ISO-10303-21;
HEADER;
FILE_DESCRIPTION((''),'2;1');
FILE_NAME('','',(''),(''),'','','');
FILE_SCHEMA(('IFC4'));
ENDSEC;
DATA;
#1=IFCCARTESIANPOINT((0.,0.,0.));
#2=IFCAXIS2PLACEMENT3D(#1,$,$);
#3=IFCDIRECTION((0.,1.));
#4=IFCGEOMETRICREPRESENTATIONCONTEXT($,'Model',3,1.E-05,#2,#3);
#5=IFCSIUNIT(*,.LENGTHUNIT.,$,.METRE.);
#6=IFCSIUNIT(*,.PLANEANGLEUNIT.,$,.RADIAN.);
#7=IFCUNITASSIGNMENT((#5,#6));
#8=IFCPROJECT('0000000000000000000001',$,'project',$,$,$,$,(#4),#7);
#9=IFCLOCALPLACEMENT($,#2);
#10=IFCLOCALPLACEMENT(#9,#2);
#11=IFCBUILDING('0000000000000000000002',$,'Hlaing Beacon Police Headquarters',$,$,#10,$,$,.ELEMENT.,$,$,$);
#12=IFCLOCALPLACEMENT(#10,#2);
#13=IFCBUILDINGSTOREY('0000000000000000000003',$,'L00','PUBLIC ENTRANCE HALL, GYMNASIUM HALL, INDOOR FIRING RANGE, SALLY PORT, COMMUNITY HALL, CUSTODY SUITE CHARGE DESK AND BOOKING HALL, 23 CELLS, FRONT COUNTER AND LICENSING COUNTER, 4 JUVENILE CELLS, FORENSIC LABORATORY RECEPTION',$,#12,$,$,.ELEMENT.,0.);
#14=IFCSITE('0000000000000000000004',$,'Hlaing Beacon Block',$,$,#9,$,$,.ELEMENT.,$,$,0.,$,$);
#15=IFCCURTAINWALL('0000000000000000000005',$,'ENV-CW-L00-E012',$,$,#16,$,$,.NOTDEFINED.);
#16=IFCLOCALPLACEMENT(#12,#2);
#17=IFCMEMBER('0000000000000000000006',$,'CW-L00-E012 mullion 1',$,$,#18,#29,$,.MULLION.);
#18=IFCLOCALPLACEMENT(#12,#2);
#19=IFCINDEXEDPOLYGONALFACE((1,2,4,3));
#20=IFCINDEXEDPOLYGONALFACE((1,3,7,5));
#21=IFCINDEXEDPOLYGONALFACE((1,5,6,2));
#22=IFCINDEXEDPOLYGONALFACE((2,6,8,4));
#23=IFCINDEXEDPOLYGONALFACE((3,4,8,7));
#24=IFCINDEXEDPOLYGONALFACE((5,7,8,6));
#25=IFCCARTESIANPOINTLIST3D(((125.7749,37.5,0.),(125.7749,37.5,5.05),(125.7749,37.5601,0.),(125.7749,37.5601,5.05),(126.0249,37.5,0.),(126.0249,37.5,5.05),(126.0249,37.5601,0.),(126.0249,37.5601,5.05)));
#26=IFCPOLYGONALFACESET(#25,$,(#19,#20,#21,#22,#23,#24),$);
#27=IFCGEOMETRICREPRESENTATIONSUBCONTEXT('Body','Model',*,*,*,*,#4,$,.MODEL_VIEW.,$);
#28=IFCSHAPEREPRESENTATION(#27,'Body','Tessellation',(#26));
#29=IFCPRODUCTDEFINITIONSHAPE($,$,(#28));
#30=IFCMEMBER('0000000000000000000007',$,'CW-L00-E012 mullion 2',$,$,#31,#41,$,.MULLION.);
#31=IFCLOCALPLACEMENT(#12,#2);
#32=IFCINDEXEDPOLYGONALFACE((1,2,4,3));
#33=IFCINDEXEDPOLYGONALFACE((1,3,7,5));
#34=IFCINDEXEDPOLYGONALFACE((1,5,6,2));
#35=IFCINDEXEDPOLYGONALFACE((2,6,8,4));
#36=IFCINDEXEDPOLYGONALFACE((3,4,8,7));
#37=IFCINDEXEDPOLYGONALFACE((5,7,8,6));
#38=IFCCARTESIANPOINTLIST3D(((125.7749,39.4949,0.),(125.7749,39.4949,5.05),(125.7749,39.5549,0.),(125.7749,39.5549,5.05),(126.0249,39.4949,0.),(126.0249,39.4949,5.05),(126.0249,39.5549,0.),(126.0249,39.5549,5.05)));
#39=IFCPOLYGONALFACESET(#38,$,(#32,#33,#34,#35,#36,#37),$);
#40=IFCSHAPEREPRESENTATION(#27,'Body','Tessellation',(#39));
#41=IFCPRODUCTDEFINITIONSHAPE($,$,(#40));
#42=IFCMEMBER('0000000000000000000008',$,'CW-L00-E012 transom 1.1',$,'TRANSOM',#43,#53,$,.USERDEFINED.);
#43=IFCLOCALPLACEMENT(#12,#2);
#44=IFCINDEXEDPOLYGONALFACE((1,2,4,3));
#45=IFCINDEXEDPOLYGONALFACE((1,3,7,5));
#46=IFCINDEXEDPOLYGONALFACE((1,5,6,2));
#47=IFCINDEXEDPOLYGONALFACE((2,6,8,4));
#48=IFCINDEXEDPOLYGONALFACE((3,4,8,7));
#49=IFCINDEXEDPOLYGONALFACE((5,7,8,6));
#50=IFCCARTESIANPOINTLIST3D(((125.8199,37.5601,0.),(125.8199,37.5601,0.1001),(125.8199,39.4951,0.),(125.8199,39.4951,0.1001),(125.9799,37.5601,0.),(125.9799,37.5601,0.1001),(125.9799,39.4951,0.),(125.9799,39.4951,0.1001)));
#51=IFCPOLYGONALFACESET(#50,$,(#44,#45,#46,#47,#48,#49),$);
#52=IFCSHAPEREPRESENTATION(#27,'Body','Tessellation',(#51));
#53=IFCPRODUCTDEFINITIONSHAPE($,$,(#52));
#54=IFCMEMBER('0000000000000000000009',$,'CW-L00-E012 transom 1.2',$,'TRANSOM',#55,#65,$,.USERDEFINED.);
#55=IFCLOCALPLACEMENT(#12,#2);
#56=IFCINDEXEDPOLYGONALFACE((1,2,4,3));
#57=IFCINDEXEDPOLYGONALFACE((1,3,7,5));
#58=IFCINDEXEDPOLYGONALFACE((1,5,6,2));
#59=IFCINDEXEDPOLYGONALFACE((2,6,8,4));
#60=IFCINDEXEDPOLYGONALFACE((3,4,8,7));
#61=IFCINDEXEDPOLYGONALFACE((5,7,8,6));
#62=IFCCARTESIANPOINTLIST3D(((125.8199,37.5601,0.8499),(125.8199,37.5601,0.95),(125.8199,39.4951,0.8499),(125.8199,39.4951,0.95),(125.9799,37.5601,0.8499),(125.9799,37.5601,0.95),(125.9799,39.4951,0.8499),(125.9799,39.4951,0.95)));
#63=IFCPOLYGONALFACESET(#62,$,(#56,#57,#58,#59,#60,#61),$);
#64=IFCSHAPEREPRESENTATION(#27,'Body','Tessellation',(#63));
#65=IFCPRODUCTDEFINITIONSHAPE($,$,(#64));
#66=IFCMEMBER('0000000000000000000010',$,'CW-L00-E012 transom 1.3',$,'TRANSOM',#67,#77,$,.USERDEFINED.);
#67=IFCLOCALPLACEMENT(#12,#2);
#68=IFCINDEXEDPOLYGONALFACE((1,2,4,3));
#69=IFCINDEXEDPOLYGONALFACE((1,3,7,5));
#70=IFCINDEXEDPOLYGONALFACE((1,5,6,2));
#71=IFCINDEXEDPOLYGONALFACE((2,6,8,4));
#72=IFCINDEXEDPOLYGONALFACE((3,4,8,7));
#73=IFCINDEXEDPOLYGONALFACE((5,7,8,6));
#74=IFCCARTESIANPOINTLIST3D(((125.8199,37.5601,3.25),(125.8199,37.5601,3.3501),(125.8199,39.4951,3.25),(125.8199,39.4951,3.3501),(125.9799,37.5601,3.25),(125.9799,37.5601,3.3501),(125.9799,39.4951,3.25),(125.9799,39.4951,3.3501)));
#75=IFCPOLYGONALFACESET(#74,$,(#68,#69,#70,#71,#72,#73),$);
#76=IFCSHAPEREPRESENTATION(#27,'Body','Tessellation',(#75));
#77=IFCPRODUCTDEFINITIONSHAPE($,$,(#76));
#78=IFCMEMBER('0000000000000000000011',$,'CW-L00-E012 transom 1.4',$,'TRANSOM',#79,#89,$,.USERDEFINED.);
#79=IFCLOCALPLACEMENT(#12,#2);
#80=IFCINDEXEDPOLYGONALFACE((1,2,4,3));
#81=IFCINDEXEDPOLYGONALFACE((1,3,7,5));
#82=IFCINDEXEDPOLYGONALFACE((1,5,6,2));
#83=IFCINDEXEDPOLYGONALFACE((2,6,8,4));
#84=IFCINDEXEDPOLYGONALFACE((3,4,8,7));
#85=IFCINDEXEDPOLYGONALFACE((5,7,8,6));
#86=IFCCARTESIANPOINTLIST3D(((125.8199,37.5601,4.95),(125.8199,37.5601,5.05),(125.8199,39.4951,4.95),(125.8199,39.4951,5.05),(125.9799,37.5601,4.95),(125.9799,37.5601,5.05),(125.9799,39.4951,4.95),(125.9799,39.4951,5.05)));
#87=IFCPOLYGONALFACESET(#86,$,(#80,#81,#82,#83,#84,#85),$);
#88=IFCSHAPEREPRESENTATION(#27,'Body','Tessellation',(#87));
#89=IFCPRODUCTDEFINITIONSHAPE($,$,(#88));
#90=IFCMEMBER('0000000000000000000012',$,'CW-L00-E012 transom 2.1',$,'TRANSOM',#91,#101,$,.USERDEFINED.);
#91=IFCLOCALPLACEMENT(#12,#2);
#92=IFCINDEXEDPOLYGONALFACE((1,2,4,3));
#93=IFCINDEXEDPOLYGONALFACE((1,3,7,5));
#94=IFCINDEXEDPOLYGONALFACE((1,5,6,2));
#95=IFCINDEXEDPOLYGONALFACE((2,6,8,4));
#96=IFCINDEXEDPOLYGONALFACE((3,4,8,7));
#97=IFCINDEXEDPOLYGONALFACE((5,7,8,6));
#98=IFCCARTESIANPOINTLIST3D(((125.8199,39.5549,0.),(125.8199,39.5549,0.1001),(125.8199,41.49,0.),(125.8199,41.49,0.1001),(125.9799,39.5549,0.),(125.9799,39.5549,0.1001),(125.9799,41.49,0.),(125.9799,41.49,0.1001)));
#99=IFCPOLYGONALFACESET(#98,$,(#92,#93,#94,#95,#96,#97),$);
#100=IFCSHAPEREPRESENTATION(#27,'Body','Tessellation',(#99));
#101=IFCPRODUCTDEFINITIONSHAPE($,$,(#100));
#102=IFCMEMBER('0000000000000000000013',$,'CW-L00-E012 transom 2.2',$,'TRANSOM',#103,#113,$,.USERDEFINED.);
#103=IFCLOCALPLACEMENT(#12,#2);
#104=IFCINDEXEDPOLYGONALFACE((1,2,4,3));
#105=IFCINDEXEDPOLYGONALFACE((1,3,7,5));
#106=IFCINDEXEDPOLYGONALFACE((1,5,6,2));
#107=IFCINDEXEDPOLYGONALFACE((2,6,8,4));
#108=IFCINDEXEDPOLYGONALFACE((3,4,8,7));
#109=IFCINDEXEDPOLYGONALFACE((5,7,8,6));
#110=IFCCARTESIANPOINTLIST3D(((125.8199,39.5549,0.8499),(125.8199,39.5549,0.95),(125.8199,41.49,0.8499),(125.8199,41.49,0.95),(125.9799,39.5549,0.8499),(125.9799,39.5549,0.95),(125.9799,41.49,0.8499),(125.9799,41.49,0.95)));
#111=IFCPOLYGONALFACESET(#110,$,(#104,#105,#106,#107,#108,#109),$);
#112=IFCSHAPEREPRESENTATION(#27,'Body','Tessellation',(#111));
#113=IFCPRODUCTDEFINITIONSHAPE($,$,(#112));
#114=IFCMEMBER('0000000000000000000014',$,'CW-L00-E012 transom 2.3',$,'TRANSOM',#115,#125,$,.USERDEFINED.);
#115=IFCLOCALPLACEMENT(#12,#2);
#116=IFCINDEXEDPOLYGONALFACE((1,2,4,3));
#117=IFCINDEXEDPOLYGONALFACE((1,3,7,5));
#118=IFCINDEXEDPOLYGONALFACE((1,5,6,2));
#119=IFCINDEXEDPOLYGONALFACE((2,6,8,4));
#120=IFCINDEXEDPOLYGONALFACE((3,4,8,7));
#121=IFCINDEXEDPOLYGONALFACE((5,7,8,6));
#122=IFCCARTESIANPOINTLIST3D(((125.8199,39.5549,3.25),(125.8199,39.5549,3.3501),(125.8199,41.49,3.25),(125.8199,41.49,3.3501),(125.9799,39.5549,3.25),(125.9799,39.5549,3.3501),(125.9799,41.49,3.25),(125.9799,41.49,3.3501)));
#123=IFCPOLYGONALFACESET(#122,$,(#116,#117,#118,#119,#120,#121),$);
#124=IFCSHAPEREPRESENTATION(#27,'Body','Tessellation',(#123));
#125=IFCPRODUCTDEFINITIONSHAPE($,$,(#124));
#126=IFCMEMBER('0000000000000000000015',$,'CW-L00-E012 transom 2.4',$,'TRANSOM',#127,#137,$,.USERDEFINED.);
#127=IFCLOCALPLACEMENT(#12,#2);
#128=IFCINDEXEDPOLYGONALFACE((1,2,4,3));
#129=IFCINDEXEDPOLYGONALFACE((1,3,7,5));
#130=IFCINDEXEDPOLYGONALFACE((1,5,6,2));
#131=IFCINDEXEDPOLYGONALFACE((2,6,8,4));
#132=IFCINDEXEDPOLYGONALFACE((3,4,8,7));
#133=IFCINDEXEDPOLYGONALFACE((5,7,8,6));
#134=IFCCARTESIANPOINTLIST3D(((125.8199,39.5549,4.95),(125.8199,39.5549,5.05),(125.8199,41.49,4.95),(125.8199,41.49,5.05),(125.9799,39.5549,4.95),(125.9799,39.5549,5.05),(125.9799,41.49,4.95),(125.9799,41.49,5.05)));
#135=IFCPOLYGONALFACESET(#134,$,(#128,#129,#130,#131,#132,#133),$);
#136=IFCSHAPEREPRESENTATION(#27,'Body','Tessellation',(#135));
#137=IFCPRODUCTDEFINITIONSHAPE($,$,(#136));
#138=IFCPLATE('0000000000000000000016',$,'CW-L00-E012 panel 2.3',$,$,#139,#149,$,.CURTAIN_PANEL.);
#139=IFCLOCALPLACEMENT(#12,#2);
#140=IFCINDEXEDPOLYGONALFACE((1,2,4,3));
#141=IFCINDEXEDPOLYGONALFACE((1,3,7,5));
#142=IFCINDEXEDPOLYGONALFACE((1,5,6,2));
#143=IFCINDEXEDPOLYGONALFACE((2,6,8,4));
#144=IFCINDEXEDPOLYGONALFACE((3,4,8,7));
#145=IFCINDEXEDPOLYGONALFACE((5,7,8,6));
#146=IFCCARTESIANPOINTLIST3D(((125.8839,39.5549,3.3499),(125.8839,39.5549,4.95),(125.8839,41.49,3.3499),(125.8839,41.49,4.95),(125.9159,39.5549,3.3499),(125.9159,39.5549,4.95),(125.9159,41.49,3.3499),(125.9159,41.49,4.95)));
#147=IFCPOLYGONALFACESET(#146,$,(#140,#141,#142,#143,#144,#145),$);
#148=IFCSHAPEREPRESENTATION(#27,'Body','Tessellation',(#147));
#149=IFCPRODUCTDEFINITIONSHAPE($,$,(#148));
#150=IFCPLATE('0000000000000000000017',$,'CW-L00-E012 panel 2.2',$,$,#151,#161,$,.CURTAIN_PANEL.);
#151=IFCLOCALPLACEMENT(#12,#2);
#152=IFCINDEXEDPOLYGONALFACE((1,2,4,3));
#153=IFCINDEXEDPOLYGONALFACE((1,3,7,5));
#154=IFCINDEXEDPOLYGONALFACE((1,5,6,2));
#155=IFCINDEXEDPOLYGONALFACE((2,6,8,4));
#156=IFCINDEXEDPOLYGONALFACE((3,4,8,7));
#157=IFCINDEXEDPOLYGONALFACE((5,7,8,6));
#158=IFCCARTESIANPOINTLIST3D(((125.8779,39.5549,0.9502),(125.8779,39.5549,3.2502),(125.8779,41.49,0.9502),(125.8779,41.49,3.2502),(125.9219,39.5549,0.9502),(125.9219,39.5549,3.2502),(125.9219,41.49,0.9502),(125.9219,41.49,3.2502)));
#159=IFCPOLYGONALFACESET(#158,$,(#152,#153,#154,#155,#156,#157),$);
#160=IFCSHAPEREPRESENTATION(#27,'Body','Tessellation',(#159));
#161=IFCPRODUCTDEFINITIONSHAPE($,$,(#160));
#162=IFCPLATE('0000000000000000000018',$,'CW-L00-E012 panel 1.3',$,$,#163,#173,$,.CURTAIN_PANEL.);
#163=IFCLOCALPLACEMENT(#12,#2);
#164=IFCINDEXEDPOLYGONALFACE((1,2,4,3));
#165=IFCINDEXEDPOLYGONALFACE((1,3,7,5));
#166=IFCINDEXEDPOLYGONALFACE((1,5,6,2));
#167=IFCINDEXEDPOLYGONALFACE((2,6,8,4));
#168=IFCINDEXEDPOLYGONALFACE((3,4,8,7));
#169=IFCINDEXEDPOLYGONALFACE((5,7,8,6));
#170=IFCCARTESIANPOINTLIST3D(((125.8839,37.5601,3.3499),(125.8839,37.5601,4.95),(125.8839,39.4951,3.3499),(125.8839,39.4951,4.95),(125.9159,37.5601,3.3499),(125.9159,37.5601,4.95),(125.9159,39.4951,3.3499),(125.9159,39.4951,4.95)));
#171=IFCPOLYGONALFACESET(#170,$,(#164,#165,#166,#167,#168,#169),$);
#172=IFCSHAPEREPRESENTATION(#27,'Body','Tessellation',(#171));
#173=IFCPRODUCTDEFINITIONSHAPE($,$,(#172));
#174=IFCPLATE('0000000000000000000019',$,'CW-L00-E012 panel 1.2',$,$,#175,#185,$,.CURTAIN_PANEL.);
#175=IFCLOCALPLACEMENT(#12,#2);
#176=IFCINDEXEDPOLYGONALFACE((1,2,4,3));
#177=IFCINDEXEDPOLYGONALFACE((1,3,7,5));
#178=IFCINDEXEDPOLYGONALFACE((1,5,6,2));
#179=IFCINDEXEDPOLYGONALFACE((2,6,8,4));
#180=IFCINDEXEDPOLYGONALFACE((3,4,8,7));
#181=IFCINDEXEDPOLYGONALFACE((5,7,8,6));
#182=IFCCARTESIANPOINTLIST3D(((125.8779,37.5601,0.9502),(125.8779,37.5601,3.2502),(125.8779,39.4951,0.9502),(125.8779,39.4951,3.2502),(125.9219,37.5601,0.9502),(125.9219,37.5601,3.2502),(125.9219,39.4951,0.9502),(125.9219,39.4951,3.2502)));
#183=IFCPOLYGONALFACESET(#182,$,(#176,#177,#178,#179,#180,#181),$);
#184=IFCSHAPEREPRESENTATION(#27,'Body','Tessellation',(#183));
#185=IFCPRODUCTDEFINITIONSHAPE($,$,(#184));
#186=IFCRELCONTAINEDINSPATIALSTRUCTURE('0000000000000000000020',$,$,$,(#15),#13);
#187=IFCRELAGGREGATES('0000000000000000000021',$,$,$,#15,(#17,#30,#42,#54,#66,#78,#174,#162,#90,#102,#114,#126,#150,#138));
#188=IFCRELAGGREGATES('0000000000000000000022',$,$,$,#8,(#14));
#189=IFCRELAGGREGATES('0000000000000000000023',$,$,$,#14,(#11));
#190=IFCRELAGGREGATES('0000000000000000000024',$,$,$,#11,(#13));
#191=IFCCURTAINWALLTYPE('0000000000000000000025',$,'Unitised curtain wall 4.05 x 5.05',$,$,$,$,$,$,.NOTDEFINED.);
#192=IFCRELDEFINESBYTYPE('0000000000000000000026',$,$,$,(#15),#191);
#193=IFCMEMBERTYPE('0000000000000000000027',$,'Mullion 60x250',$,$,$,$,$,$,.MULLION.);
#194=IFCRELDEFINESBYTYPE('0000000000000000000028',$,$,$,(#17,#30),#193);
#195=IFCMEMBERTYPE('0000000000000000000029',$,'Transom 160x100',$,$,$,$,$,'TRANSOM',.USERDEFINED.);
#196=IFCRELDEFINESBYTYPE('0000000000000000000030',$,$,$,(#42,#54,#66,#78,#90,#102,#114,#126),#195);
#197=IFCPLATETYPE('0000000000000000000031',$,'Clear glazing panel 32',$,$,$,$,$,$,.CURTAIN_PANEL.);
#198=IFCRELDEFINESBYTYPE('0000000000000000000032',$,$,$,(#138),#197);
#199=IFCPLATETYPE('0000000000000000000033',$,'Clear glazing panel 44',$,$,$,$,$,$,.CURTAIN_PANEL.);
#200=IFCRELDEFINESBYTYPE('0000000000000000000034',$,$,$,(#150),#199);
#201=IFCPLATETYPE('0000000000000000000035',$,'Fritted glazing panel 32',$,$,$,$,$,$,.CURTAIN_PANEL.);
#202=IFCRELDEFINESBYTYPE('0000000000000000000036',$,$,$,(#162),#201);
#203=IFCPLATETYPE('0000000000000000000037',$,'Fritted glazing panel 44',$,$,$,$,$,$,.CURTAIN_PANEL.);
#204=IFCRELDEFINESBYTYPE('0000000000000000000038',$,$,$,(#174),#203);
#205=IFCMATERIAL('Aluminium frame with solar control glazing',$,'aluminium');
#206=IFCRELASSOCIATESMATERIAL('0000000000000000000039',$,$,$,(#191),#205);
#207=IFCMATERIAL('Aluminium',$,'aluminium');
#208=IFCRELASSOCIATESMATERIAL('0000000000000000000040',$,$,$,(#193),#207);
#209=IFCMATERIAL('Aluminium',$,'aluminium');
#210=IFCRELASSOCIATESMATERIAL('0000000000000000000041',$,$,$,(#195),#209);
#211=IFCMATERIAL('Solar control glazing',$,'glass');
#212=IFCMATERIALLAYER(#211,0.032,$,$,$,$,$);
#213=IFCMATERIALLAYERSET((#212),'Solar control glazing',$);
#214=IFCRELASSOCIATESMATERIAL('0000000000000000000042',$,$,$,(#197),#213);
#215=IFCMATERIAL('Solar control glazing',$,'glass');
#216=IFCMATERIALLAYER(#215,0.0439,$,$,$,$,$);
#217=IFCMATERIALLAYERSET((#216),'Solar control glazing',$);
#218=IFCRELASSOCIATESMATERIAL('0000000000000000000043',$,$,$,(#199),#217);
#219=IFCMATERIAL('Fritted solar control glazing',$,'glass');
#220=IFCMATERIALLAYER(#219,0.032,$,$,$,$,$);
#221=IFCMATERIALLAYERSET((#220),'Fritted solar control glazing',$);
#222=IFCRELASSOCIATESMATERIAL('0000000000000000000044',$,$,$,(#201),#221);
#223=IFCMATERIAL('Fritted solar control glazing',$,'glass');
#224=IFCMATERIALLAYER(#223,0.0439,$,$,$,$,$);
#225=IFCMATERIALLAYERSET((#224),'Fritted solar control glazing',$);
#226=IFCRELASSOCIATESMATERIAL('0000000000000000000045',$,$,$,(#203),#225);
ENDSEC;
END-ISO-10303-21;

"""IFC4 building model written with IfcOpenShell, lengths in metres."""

from ifc_helpers import new_model, si_unit, direction, frame, origin, origin_2d, place, context, subcontext, project, spatial, rectangle, extrude, material, layer, layer_set, material_profile, profile_set, type_object, element, aggregate, save


model = new_model("IFC4")

# Units and contexts
model_context = context("Model", 3, precision=1e-05, world=origin(), true_north=direction((0.0, 1.0)))
body_context = subcontext(model_context, "Body", "Model", "MODEL_VIEW")
ifc_project = project(units=[si_unit("LENGTHUNIT", "METRE"), si_unit("PLANEANGLEUNIT", "RADIAN")], contexts=[model_context])

# Site, building, storey
site_placement = place(None, origin())
site = spatial("IfcSite", under=ifc_project, at=site_placement, Name="Hlaing Beacon Block", CompositionType="ELEMENT", RefElevation=0.0)
building_placement = place(site_placement, origin())
building = spatial("IfcBuilding", under=site, at=building_placement, Name="Hlaing Beacon Police Headquarters", CompositionType="ELEMENT")
storey_placement = place(building_placement, origin())
storey = spatial("IfcBuildingStorey", under=building, at=storey_placement, Name="L00", Description="PUBLIC ENTRANCE HALL, GYMNASIUM HALL, INDOOR FIRING RANGE, SALLY PORT, COMMUNITY HALL, CUSTODY SUITE CHARGE DESK AND BOOKING HALL, 23 CELLS, FRONT COUNTER AND LICENSING COUNTER, 4 JUVENILE CELLS, FORENSIC LABORATORY RECEPTION", CompositionType="ELEMENT", Elevation=0.0)

# Curtain wall, members, plates
ifc_material_1 = material(Name="Aluminium frame with solar control glazing", Category="aluminium")
curtain_wall_type = type_object("IfcCurtainWallType", Name="Unitised curtain wall 4.05 x 5.05", PredefinedType="NOTDEFINED", material=ifc_material_1)
curtain_wall_placement = place(storey_placement, origin())
curtain_wall = element("IfcCurtainWall", 1, at=curtain_wall_placement, inside=storey, type_object=curtain_wall_type, Name="ENV-CW-L00-E012", PredefinedType="NOTDEFINED")
ifc_material_2 = material(Name="Aluminium", Category="aluminium")
ifc_material_profile_1 = material_profile(ifc_material_2, rectangle(XDim=0.25, YDim=0.0601, at=origin_2d()), Name="Mullion 60x250")
ifc_profile_set_1 = profile_set([ifc_material_profile_1], Name="Aluminium")
member_type_1 = type_object("IfcMemberType", Name="Mullion 60x250", PredefinedType="MULLION", material=ifc_profile_set_1)
member_1_placement = place(storey_placement, frame((125.8999, 37.53, 0.0), z_axis=(0.0, 0.0, 1.0), x_axis=(-1.0, 0.0, 0.0)))
member_1 = element("IfcMember", 2, at=member_1_placement, type_object=member_type_1, Name="CW-L00-E012 mullion 1", PredefinedType="MULLION", context=body_context, shape_type="SweptSolid", body=[
    extrude(rectangle(XDim=0.25, YDim=0.0601, at=origin_2d()), origin(), (0.0, 0.0, 1.0), 5.05),
])
member_2_placement = place(storey_placement, frame((125.8999, 39.5249, 0.0), z_axis=(0.0, 0.0, 1.0), x_axis=(-1.0, 0.0, 0.0)))
member_2 = element("IfcMember", 3, at=member_2_placement, type_object=member_type_1, Name="CW-L00-E012 mullion 2", PredefinedType="MULLION", context=body_context, shape_type="SweptSolid", body=[
    extrude(rectangle(XDim=0.25, YDim=0.0601, at=origin_2d()), origin(), (0.0, 0.0, 1.0), 5.05),
])
ifc_material_3 = material(Name="Aluminium", Category="aluminium")
ifc_material_profile_2 = material_profile(ifc_material_3, rectangle(XDim=0.1599, YDim=0.1001, at=origin_2d()), Name="Transom 160x100")
ifc_profile_set_2 = profile_set([ifc_material_profile_2], Name="Aluminium")
member_type_2 = type_object("IfcMemberType", Name="Transom 160x100", ElementType="TRANSOM", PredefinedType="USERDEFINED", material=ifc_profile_set_2)
member_3_placement = place(storey_placement, frame((125.8999, 37.5601, 0.05), z_axis=(0.0, 1.0, 0.0), x_axis=(-1.0, 0.0, 0.0)))
member_3 = element("IfcMember", 4, at=member_3_placement, type_object=member_type_2, Name="CW-L00-E012 transom 1.1", ObjectType="TRANSOM", PredefinedType="USERDEFINED", context=body_context, shape_type="SweptSolid", body=[
    extrude(rectangle(XDim=0.1599, YDim=0.1001, at=origin_2d()), origin(), (0.0, 0.0, 1.0), 1.9351),
])
member_4_placement = place(storey_placement, frame((125.8999, 37.5601, 0.8999), z_axis=(0.0, 1.0, 0.0), x_axis=(-1.0, 0.0, 0.0)))
member_4 = element("IfcMember", 5, at=member_4_placement, type_object=member_type_2, Name="CW-L00-E012 transom 1.2", ObjectType="TRANSOM", PredefinedType="USERDEFINED", context=body_context, shape_type="SweptSolid", body=[
    extrude(rectangle(XDim=0.1599, YDim=0.1001, at=origin_2d()), origin(), (0.0, 0.0, 1.0), 1.9351),
])
member_5_placement = place(storey_placement, frame((125.8999, 37.5601, 3.3), z_axis=(0.0, 1.0, 0.0), x_axis=(-1.0, 0.0, 0.0)))
member_5 = element("IfcMember", 6, at=member_5_placement, type_object=member_type_2, Name="CW-L00-E012 transom 1.3", ObjectType="TRANSOM", PredefinedType="USERDEFINED", context=body_context, shape_type="SweptSolid", body=[
    extrude(rectangle(XDim=0.1599, YDim=0.1001, at=origin_2d()), origin(), (0.0, 0.0, 1.0), 1.9351),
])
member_6_placement = place(storey_placement, frame((125.8999, 37.5601, 5.0), z_axis=(0.0, 1.0, 0.0), x_axis=(-1.0, 0.0, 0.0)))
member_6 = element("IfcMember", 7, at=member_6_placement, type_object=member_type_2, Name="CW-L00-E012 transom 1.4", ObjectType="TRANSOM", PredefinedType="USERDEFINED", context=body_context, shape_type="SweptSolid", body=[
    extrude(rectangle(XDim=0.1599, YDim=0.1001, at=origin_2d()), origin(), (0.0, 0.0, 1.0), 1.9351),
])
member_7_placement = place(storey_placement, frame((125.8999, 39.5549, 0.05), z_axis=(0.0, 1.0, 0.0), x_axis=(-1.0, 0.0, 0.0)))
member_7 = element("IfcMember", 8, at=member_7_placement, type_object=member_type_2, Name="CW-L00-E012 transom 2.1", ObjectType="TRANSOM", PredefinedType="USERDEFINED", context=body_context, shape_type="SweptSolid", body=[
    extrude(rectangle(XDim=0.1599, YDim=0.1001, at=origin_2d()), origin(), (0.0, 0.0, 1.0), 1.9351),
])
member_8_placement = place(storey_placement, frame((125.8999, 39.5549, 0.8999), z_axis=(0.0, 1.0, 0.0), x_axis=(-1.0, 0.0, 0.0)))
member_8 = element("IfcMember", 9, at=member_8_placement, type_object=member_type_2, Name="CW-L00-E012 transom 2.2", ObjectType="TRANSOM", PredefinedType="USERDEFINED", context=body_context, shape_type="SweptSolid", body=[
    extrude(rectangle(XDim=0.1599, YDim=0.1001, at=origin_2d()), origin(), (0.0, 0.0, 1.0), 1.9351),
])
member_9_placement = place(storey_placement, frame((125.8999, 39.5549, 3.3), z_axis=(0.0, 1.0, 0.0), x_axis=(-1.0, 0.0, 0.0)))
member_9 = element("IfcMember", 10, at=member_9_placement, type_object=member_type_2, Name="CW-L00-E012 transom 2.3", ObjectType="TRANSOM", PredefinedType="USERDEFINED", context=body_context, shape_type="SweptSolid", body=[
    extrude(rectangle(XDim=0.1599, YDim=0.1001, at=origin_2d()), origin(), (0.0, 0.0, 1.0), 1.9351),
])
member_10_placement = place(storey_placement, frame((125.8999, 39.5549, 5.0), z_axis=(0.0, 1.0, 0.0), x_axis=(-1.0, 0.0, 0.0)))
member_10 = element("IfcMember", 11, at=member_10_placement, type_object=member_type_2, Name="CW-L00-E012 transom 2.4", ObjectType="TRANSOM", PredefinedType="USERDEFINED", context=body_context, shape_type="SweptSolid", body=[
    extrude(rectangle(XDim=0.1599, YDim=0.1001, at=origin_2d()), origin(), (0.0, 0.0, 1.0), 1.9351),
])
ifc_material_4 = material(Name="Solar control glazing", Category="glass")
ifc_layer_1 = layer(ifc_material_4, 0.032)
ifc_layer_set_1 = layer_set([ifc_layer_1], Name="Solar control glazing")
plate_type_1 = type_object("IfcPlateType", Name="Clear glazing panel 32", PredefinedType="CURTAIN_PANEL", material=ifc_layer_set_1)
plate_1_placement = place(storey_placement, frame((125.8999, 40.5225, 3.3499), z_axis=(0.0, 0.0, 1.0), x_axis=(0.0, 1.0, 0.0)))
plate_1 = element("IfcPlate", 12, at=plate_1_placement, type_object=plate_type_1, Name="CW-L00-E012 panel 2.3", PredefinedType="CURTAIN_PANEL", context=body_context, shape_type="SweptSolid", body=[
    extrude(rectangle(XDim=1.9351, YDim=0.032, at=origin_2d()), origin(), (0.0, 0.0, 1.0), 1.6001),
])
ifc_material_5 = material(Name="Solar control glazing", Category="glass")
ifc_layer_2 = layer(ifc_material_5, 0.0439)
ifc_layer_set_2 = layer_set([ifc_layer_2], Name="Solar control glazing")
plate_type_2 = type_object("IfcPlateType", Name="Clear glazing panel 44", PredefinedType="CURTAIN_PANEL", material=ifc_layer_set_2)
plate_2_placement = place(storey_placement, frame((125.8999, 40.5225, 0.9502), z_axis=(0.0, 0.0, 1.0), x_axis=(0.0, 1.0, 0.0)))
plate_2 = element("IfcPlate", 13, at=plate_2_placement, type_object=plate_type_2, Name="CW-L00-E012 panel 2.2", PredefinedType="CURTAIN_PANEL", context=body_context, shape_type="SweptSolid", body=[
    extrude(rectangle(XDim=1.9351, YDim=0.0439, at=origin_2d()), origin(), (0.0, 0.0, 1.0), 2.3),
])
ifc_material_6 = material(Name="Fritted solar control glazing", Category="glass")
ifc_layer_3 = layer(ifc_material_6, 0.032)
ifc_layer_set_3 = layer_set([ifc_layer_3], Name="Fritted solar control glazing")
plate_type_3 = type_object("IfcPlateType", Name="Fritted glazing panel 32", PredefinedType="CURTAIN_PANEL", material=ifc_layer_set_3)
plate_3_placement = place(storey_placement, frame((125.8999, 38.5276, 3.3499), z_axis=(0.0, 0.0, 1.0), x_axis=(0.0, 1.0, 0.0)))
plate_3 = element("IfcPlate", 14, at=plate_3_placement, type_object=plate_type_3, Name="CW-L00-E012 panel 1.3", PredefinedType="CURTAIN_PANEL", context=body_context, shape_type="SweptSolid", body=[
    extrude(rectangle(XDim=1.9351, YDim=0.032, at=origin_2d()), origin(), (0.0, 0.0, 1.0), 1.6001),
])
ifc_material_7 = material(Name="Fritted solar control glazing", Category="glass")
ifc_layer_4 = layer(ifc_material_7, 0.0439)
ifc_layer_set_4 = layer_set([ifc_layer_4], Name="Fritted solar control glazing")
plate_type_4 = type_object("IfcPlateType", Name="Fritted glazing panel 44", PredefinedType="CURTAIN_PANEL", material=ifc_layer_set_4)
plate_4_placement = place(storey_placement, frame((125.8999, 38.5276, 0.9502), z_axis=(0.0, 0.0, 1.0), x_axis=(0.0, 1.0, 0.0)))
plate_4 = element("IfcPlate", 15, at=plate_4_placement, type_object=plate_type_4, Name="CW-L00-E012 panel 1.2", PredefinedType="CURTAIN_PANEL", context=body_context, shape_type="SweptSolid", body=[
    extrude(rectangle(XDim=1.9351, YDim=0.0439, at=origin_2d()), origin(), (0.0, 0.0, 1.0), 2.3),
])
aggregate(curtain_wall, [member_1, member_2, member_3, member_4, member_5, member_6, plate_4, plate_3, member_7, member_8, member_9, member_10, plate_2, plate_1])

save(model, "model.ifc")
